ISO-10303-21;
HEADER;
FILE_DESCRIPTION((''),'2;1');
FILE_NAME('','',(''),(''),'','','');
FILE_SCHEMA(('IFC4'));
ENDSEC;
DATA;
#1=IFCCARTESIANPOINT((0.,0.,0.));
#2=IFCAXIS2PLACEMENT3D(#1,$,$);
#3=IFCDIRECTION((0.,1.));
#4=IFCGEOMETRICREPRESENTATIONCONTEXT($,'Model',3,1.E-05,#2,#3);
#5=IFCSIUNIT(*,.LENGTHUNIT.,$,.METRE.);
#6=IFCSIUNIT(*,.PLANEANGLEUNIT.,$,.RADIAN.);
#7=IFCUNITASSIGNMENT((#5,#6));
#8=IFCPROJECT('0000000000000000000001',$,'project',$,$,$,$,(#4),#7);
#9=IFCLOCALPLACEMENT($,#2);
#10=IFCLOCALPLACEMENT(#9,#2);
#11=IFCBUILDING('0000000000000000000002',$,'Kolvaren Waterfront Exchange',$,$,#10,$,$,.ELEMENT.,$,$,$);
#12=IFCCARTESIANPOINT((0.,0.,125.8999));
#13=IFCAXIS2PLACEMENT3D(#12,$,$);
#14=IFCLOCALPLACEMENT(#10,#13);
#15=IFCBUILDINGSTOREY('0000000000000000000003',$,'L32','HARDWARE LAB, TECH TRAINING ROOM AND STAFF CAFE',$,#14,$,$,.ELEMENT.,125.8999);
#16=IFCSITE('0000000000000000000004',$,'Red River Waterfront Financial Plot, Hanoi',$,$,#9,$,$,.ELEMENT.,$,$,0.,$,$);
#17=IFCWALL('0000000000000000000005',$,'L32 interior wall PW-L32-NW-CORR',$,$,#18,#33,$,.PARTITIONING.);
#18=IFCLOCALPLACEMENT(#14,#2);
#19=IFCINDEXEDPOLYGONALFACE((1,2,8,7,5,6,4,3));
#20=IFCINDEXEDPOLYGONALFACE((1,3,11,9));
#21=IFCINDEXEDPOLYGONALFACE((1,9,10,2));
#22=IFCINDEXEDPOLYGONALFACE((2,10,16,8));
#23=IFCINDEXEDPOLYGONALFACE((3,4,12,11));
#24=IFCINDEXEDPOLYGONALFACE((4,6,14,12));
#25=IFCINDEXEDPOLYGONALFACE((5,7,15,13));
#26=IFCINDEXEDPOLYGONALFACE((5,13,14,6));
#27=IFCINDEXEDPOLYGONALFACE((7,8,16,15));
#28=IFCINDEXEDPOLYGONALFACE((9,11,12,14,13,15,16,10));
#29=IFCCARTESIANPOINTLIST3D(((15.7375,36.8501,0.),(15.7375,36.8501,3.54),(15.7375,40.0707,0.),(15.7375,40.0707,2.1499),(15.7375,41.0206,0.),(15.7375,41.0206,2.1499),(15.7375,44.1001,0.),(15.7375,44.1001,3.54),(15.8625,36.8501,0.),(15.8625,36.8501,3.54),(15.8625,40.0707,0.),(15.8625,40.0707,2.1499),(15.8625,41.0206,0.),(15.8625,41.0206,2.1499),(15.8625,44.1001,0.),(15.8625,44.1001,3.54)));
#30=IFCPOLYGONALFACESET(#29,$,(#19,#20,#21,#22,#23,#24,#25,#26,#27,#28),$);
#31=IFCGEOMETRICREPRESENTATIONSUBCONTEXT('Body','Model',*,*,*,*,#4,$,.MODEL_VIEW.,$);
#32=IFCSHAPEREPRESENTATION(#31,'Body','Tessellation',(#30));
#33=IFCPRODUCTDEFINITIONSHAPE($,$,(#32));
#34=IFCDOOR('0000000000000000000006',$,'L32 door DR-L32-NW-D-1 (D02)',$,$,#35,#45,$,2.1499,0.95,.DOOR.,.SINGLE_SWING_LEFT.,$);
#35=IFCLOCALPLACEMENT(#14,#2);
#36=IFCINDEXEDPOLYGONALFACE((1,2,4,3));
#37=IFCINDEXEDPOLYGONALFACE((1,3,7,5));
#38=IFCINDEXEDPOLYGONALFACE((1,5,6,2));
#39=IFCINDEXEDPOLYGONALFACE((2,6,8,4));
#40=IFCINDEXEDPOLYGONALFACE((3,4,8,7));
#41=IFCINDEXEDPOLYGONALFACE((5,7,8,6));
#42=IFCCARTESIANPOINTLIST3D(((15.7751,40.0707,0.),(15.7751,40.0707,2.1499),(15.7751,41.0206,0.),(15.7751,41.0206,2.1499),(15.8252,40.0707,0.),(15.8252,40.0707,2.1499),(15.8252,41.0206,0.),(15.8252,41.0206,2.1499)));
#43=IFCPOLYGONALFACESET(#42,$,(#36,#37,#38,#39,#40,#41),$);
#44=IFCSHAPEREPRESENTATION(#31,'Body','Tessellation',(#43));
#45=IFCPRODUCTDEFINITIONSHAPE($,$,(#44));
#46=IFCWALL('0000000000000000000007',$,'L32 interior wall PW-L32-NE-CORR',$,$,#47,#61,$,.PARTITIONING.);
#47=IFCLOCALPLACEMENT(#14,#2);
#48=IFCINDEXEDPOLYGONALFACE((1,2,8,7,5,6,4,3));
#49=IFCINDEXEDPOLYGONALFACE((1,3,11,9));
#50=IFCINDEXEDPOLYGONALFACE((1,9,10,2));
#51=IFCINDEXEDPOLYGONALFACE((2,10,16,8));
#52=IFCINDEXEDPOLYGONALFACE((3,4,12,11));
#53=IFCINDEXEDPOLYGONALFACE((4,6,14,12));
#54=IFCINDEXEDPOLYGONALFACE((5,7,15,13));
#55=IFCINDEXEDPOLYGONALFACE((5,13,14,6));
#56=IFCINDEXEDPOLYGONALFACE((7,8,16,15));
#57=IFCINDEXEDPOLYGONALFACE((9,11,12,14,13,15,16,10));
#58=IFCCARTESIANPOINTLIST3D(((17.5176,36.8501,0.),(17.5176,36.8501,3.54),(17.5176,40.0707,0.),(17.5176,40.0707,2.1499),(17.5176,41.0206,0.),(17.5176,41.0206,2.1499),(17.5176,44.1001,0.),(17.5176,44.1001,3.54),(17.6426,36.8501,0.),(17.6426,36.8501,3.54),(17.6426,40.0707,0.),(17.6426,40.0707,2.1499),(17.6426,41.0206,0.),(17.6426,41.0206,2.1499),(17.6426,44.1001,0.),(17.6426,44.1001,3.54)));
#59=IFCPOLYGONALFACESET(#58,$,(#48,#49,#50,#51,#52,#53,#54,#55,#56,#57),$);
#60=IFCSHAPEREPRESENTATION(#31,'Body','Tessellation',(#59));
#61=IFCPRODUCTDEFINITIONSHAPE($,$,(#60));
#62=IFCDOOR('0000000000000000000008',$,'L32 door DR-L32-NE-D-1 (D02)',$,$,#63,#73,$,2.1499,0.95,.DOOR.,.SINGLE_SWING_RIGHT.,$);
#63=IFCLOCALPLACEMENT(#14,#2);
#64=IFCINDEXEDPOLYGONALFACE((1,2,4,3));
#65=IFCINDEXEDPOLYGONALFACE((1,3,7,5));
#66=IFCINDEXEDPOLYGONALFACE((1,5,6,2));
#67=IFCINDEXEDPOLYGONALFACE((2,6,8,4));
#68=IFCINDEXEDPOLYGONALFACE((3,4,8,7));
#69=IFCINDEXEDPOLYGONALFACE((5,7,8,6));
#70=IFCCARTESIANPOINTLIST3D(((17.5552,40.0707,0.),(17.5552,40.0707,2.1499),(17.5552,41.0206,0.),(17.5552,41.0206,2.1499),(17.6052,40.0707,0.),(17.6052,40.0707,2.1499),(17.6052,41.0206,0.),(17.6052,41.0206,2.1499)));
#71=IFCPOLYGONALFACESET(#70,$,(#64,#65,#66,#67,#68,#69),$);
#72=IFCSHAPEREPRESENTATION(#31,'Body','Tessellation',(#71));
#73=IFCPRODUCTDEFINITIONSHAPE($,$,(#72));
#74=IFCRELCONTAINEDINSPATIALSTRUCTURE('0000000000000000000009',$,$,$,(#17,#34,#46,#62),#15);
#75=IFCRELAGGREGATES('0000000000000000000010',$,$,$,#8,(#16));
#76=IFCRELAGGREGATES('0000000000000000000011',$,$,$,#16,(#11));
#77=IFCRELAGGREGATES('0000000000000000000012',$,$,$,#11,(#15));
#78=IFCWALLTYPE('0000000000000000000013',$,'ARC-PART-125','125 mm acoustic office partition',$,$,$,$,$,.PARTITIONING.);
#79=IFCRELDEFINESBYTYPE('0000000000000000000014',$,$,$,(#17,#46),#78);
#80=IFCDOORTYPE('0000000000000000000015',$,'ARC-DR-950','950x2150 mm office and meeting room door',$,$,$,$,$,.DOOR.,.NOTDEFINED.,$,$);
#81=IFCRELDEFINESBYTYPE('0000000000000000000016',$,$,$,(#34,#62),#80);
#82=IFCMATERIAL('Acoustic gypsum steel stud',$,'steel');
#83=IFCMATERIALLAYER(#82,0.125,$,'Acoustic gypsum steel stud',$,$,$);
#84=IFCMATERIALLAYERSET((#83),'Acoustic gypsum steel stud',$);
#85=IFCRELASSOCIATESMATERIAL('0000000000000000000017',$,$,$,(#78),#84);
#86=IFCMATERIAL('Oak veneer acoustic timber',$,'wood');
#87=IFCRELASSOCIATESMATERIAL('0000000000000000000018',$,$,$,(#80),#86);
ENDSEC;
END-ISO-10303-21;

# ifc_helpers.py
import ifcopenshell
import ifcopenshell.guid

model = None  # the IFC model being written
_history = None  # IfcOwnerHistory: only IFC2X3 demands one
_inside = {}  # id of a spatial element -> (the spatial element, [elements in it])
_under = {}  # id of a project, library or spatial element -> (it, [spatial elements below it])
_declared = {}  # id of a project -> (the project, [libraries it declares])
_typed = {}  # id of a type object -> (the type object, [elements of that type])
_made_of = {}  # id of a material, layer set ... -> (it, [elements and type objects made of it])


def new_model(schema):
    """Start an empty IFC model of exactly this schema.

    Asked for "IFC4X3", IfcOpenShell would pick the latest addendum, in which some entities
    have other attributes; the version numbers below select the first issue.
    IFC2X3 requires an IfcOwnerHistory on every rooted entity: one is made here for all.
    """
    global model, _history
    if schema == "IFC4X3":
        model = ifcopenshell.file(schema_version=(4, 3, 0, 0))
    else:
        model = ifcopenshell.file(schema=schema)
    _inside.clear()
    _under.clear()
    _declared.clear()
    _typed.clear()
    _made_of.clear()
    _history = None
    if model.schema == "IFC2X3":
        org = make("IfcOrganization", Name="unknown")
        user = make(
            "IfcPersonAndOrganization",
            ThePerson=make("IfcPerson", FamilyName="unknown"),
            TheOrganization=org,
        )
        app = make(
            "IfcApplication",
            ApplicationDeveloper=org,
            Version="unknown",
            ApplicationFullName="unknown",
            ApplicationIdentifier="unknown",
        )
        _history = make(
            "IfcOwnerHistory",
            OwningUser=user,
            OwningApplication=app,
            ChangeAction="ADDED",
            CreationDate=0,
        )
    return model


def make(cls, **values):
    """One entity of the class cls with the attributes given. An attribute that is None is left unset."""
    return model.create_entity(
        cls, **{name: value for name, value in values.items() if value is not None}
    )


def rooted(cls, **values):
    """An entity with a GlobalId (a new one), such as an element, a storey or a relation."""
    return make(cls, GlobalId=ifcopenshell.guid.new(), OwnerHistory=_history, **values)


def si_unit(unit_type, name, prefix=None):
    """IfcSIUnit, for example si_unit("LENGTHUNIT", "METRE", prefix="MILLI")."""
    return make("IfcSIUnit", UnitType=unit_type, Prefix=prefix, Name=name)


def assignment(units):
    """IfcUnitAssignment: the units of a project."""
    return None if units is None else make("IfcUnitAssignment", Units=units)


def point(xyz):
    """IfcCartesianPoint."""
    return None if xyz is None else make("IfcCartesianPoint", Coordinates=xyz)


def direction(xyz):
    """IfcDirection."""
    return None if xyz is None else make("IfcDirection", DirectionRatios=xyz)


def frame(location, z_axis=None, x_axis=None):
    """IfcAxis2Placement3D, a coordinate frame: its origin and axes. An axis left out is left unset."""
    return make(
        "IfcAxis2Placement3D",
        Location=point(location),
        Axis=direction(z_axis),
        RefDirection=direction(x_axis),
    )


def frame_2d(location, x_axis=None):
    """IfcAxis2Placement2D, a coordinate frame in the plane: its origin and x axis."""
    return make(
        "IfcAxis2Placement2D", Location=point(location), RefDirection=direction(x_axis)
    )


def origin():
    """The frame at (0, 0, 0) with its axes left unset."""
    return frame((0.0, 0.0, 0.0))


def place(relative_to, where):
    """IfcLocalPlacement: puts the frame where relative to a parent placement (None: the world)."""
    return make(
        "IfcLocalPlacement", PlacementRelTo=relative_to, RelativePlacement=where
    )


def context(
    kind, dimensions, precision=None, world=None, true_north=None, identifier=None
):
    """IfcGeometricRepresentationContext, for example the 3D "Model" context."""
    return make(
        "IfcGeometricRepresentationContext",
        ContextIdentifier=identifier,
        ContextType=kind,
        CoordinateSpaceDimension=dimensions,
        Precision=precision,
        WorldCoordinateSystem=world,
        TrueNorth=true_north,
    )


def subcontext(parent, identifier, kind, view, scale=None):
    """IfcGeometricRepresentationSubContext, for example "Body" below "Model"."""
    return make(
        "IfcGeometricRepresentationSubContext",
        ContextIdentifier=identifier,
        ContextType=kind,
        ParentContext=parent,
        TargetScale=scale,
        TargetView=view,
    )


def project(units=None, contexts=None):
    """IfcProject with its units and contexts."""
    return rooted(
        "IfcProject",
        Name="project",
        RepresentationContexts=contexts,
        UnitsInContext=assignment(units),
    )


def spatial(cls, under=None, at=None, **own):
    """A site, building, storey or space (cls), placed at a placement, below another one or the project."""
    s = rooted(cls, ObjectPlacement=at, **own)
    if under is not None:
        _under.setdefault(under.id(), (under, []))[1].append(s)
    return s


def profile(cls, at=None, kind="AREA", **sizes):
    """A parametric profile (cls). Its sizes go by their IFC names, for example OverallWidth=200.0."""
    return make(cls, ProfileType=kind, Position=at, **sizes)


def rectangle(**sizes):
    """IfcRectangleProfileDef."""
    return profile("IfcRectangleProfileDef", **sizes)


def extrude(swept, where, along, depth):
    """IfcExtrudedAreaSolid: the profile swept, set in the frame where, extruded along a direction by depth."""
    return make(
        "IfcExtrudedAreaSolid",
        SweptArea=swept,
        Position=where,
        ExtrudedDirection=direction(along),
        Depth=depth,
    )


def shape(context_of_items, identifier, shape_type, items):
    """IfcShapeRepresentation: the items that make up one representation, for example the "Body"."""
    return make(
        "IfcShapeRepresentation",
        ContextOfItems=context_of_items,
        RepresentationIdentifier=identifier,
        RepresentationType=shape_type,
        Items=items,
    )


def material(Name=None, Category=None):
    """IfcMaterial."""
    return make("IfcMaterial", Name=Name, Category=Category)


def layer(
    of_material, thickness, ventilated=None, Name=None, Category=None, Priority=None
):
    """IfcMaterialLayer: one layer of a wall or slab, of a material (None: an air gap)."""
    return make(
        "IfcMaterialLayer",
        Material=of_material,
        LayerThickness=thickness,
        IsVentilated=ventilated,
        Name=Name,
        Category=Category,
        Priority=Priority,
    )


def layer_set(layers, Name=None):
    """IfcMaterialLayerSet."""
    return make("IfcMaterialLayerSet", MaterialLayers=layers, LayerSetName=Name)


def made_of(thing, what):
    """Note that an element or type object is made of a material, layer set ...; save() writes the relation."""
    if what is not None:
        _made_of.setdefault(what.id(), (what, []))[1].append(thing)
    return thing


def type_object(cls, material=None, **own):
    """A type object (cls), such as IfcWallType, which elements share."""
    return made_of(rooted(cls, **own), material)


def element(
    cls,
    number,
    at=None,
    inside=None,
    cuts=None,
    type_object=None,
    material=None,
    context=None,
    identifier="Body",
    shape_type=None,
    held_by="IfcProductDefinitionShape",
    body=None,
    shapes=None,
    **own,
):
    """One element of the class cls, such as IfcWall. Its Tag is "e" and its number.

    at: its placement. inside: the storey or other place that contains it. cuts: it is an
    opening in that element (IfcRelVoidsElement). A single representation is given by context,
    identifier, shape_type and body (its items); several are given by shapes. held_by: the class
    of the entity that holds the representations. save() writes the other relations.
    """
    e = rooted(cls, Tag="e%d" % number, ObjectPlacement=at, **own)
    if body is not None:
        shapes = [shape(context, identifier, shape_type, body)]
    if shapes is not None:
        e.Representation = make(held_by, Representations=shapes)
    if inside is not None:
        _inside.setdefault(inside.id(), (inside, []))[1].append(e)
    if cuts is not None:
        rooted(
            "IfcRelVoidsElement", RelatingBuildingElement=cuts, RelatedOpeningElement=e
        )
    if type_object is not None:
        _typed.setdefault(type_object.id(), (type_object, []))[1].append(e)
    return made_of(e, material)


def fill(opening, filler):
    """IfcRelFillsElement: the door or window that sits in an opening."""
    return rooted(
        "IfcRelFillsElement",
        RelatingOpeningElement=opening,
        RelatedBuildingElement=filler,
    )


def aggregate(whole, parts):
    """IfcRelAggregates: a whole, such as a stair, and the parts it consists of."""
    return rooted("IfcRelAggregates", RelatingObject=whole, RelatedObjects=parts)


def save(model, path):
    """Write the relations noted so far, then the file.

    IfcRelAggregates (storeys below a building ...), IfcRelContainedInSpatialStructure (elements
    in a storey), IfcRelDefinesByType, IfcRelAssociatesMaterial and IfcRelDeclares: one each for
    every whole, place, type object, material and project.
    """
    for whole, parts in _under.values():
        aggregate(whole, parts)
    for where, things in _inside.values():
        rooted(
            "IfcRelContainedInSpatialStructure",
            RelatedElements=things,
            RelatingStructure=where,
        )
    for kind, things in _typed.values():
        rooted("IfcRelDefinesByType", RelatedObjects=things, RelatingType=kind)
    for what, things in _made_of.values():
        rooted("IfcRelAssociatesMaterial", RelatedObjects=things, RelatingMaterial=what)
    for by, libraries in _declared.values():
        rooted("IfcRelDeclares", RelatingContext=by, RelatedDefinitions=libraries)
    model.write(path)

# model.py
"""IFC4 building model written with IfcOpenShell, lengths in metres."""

from ifc_helpers import new_model, si_unit, direction, frame, frame_2d, origin, place, context, subcontext, project, spatial, rectangle, extrude, material, layer, layer_set, type_object, element, fill, save


model = new_model("IFC4")

# Units and contexts
model_context = context("Model", 3, precision=1e-05, world=origin(), true_north=direction((0.0, 1.0)))
body_context = subcontext(model_context, "Body", "Model", "MODEL_VIEW")
ifc_project = project(units=[si_unit("LENGTHUNIT", "METRE"), si_unit("PLANEANGLEUNIT", "RADIAN")], contexts=[model_context])

# Site, building, storey
site_placement = place(None, origin())
site = spatial("IfcSite", under=ifc_project, at=site_placement, Name="Red River Waterfront Financial Plot, Hanoi", CompositionType="ELEMENT", RefElevation=0.0)
building_placement = place(site_placement, origin())
building = spatial("IfcBuilding", under=site, at=building_placement, Name="Kolvaren Waterfront Exchange", CompositionType="ELEMENT")
storey_placement = place(building_placement, frame((0.0, 0.0, 125.8999)))
storey = spatial("IfcBuildingStorey", under=building, at=storey_placement, Name="L32", Description="HARDWARE LAB, TECH TRAINING ROOM AND STAFF CAFE", CompositionType="ELEMENT", Elevation=125.8999)

# Shared definitions
ifc_material_1 = material(Name="Acoustic gypsum steel stud", Category="steel")
ifc_layer_1 = layer(ifc_material_1, 0.125, Name="Acoustic gypsum steel stud")
ifc_layer_set_1 = layer_set([ifc_layer_1], Name="Acoustic gypsum steel stud")
wall_type = type_object("IfcWallType", Name="ARC-PART-125", Description="125 mm acoustic office partition", PredefinedType="PARTITIONING", material=ifc_layer_set_1)

# Walls, openings, doors
wall_1_placement = place(storey_placement, frame((15.8, 36.8501, 0.0), z_axis=(0.0, 0.0, 1.0), x_axis=(0.0, 1.0, 0.0)))
wall_1 = element("IfcWall", 1, at=wall_1_placement, inside=storey, type_object=wall_type, Name="L32 interior wall PW-L32-NW-CORR", PredefinedType="PARTITIONING", context=body_context, shape_type="SweptSolid", body=[
    extrude(rectangle(XDim=7.25, YDim=0.125, at=frame_2d((3.625, 0.0))), origin(), (0.0, 0.0, 1.0), 3.54),
])
opening_1_placement = place(wall_1_placement, frame((3.2205, 0.0, 0.0)))
opening_1 = element("IfcOpeningElement", 2, at=opening_1_placement, cuts=wall_1, PredefinedType="OPENING", context=body_context, shape_type="SweptSolid", body=[
    extrude(rectangle(XDim=0.95, YDim=2.1499, at=frame_2d((0.4751, 1.075))), frame((0.0, 0.0725, 0.0), z_axis=(0.0, -1.0, 0.0), x_axis=(1.0, 0.0, 0.0)), (0.0, 0.0, 1.0), 0.145),
])
ifc_material_2 = material(Name="Oak veneer acoustic timber", Category="wood")
door_type = type_object("IfcDoorType", Name="ARC-DR-950", Description="950x2150 mm office and meeting room door", OperationType="NOTDEFINED", PredefinedType="DOOR", material=ifc_material_2)
door_1_placement = place(opening_1_placement, origin())
door_1 = element("IfcDoor", 3, at=door_1_placement, inside=storey, type_object=door_type, Name="L32 door DR-L32-NW-D-1 (D02)", OperationType="SINGLE_SWING_LEFT", OverallHeight=2.1499, OverallWidth=0.95, PredefinedType="DOOR", context=body_context, shape_type="SweptSolid", body=[
    extrude(rectangle(XDim=0.95, YDim=2.1499, at=frame_2d((0.4751, 1.075))), frame((0.0, 0.0249, 0.0), z_axis=(0.0, -1.0, 0.0), x_axis=(1.0, 0.0, 0.0)), (0.0, 0.0, 1.0), 0.05),
])
fill(opening_1, door_1)
wall_2_placement = place(storey_placement, frame((17.5801, 36.8501, 0.0), z_axis=(0.0, 0.0, 1.0), x_axis=(0.0, 1.0, 0.0)))
wall_2 = element("IfcWall", 4, at=wall_2_placement, inside=storey, type_object=wall_type, Name="L32 interior wall PW-L32-NE-CORR", PredefinedType="PARTITIONING", context=body_context, shape_type="SweptSolid", body=[
    extrude(rectangle(XDim=7.25, YDim=0.125, at=frame_2d((3.625, 0.0))), origin(), (0.0, 0.0, 1.0), 3.54),
])
opening_2_placement = place(wall_2_placement, frame((3.2205, 0.0, 0.0)))
opening_2 = element("IfcOpeningElement", 5, at=opening_2_placement, cuts=wall_2, PredefinedType="OPENING", context=body_context, shape_type="SweptSolid", body=[
    extrude(rectangle(XDim=0.95, YDim=2.1499, at=frame_2d((0.4751, 1.075))), frame((0.0, 0.0725, 0.0), z_axis=(0.0, -1.0, 0.0), x_axis=(1.0, 0.0, 0.0)), (0.0, 0.0, 1.0), 0.145),
])
door_2_placement = place(opening_2_placement, origin())
door_2 = element("IfcDoor", 6, at=door_2_placement, inside=storey, type_object=door_type, Name="L32 door DR-L32-NE-D-1 (D02)", OperationType="SINGLE_SWING_RIGHT", OverallHeight=2.1499, OverallWidth=0.95, PredefinedType="DOOR", context=body_context, shape_type="SweptSolid", body=[
    extrude(rectangle(XDim=0.95, YDim=2.1499, at=frame_2d((0.4751, 1.075))), frame((0.0, 0.0249, 0.0), z_axis=(0.0, -1.0, 0.0), x_axis=(1.0, 0.0, 0.0)), (0.0, 0.0, 1.0), 0.05),
])
fill(opening_2, door_2)

save(model, "model.ifc")
